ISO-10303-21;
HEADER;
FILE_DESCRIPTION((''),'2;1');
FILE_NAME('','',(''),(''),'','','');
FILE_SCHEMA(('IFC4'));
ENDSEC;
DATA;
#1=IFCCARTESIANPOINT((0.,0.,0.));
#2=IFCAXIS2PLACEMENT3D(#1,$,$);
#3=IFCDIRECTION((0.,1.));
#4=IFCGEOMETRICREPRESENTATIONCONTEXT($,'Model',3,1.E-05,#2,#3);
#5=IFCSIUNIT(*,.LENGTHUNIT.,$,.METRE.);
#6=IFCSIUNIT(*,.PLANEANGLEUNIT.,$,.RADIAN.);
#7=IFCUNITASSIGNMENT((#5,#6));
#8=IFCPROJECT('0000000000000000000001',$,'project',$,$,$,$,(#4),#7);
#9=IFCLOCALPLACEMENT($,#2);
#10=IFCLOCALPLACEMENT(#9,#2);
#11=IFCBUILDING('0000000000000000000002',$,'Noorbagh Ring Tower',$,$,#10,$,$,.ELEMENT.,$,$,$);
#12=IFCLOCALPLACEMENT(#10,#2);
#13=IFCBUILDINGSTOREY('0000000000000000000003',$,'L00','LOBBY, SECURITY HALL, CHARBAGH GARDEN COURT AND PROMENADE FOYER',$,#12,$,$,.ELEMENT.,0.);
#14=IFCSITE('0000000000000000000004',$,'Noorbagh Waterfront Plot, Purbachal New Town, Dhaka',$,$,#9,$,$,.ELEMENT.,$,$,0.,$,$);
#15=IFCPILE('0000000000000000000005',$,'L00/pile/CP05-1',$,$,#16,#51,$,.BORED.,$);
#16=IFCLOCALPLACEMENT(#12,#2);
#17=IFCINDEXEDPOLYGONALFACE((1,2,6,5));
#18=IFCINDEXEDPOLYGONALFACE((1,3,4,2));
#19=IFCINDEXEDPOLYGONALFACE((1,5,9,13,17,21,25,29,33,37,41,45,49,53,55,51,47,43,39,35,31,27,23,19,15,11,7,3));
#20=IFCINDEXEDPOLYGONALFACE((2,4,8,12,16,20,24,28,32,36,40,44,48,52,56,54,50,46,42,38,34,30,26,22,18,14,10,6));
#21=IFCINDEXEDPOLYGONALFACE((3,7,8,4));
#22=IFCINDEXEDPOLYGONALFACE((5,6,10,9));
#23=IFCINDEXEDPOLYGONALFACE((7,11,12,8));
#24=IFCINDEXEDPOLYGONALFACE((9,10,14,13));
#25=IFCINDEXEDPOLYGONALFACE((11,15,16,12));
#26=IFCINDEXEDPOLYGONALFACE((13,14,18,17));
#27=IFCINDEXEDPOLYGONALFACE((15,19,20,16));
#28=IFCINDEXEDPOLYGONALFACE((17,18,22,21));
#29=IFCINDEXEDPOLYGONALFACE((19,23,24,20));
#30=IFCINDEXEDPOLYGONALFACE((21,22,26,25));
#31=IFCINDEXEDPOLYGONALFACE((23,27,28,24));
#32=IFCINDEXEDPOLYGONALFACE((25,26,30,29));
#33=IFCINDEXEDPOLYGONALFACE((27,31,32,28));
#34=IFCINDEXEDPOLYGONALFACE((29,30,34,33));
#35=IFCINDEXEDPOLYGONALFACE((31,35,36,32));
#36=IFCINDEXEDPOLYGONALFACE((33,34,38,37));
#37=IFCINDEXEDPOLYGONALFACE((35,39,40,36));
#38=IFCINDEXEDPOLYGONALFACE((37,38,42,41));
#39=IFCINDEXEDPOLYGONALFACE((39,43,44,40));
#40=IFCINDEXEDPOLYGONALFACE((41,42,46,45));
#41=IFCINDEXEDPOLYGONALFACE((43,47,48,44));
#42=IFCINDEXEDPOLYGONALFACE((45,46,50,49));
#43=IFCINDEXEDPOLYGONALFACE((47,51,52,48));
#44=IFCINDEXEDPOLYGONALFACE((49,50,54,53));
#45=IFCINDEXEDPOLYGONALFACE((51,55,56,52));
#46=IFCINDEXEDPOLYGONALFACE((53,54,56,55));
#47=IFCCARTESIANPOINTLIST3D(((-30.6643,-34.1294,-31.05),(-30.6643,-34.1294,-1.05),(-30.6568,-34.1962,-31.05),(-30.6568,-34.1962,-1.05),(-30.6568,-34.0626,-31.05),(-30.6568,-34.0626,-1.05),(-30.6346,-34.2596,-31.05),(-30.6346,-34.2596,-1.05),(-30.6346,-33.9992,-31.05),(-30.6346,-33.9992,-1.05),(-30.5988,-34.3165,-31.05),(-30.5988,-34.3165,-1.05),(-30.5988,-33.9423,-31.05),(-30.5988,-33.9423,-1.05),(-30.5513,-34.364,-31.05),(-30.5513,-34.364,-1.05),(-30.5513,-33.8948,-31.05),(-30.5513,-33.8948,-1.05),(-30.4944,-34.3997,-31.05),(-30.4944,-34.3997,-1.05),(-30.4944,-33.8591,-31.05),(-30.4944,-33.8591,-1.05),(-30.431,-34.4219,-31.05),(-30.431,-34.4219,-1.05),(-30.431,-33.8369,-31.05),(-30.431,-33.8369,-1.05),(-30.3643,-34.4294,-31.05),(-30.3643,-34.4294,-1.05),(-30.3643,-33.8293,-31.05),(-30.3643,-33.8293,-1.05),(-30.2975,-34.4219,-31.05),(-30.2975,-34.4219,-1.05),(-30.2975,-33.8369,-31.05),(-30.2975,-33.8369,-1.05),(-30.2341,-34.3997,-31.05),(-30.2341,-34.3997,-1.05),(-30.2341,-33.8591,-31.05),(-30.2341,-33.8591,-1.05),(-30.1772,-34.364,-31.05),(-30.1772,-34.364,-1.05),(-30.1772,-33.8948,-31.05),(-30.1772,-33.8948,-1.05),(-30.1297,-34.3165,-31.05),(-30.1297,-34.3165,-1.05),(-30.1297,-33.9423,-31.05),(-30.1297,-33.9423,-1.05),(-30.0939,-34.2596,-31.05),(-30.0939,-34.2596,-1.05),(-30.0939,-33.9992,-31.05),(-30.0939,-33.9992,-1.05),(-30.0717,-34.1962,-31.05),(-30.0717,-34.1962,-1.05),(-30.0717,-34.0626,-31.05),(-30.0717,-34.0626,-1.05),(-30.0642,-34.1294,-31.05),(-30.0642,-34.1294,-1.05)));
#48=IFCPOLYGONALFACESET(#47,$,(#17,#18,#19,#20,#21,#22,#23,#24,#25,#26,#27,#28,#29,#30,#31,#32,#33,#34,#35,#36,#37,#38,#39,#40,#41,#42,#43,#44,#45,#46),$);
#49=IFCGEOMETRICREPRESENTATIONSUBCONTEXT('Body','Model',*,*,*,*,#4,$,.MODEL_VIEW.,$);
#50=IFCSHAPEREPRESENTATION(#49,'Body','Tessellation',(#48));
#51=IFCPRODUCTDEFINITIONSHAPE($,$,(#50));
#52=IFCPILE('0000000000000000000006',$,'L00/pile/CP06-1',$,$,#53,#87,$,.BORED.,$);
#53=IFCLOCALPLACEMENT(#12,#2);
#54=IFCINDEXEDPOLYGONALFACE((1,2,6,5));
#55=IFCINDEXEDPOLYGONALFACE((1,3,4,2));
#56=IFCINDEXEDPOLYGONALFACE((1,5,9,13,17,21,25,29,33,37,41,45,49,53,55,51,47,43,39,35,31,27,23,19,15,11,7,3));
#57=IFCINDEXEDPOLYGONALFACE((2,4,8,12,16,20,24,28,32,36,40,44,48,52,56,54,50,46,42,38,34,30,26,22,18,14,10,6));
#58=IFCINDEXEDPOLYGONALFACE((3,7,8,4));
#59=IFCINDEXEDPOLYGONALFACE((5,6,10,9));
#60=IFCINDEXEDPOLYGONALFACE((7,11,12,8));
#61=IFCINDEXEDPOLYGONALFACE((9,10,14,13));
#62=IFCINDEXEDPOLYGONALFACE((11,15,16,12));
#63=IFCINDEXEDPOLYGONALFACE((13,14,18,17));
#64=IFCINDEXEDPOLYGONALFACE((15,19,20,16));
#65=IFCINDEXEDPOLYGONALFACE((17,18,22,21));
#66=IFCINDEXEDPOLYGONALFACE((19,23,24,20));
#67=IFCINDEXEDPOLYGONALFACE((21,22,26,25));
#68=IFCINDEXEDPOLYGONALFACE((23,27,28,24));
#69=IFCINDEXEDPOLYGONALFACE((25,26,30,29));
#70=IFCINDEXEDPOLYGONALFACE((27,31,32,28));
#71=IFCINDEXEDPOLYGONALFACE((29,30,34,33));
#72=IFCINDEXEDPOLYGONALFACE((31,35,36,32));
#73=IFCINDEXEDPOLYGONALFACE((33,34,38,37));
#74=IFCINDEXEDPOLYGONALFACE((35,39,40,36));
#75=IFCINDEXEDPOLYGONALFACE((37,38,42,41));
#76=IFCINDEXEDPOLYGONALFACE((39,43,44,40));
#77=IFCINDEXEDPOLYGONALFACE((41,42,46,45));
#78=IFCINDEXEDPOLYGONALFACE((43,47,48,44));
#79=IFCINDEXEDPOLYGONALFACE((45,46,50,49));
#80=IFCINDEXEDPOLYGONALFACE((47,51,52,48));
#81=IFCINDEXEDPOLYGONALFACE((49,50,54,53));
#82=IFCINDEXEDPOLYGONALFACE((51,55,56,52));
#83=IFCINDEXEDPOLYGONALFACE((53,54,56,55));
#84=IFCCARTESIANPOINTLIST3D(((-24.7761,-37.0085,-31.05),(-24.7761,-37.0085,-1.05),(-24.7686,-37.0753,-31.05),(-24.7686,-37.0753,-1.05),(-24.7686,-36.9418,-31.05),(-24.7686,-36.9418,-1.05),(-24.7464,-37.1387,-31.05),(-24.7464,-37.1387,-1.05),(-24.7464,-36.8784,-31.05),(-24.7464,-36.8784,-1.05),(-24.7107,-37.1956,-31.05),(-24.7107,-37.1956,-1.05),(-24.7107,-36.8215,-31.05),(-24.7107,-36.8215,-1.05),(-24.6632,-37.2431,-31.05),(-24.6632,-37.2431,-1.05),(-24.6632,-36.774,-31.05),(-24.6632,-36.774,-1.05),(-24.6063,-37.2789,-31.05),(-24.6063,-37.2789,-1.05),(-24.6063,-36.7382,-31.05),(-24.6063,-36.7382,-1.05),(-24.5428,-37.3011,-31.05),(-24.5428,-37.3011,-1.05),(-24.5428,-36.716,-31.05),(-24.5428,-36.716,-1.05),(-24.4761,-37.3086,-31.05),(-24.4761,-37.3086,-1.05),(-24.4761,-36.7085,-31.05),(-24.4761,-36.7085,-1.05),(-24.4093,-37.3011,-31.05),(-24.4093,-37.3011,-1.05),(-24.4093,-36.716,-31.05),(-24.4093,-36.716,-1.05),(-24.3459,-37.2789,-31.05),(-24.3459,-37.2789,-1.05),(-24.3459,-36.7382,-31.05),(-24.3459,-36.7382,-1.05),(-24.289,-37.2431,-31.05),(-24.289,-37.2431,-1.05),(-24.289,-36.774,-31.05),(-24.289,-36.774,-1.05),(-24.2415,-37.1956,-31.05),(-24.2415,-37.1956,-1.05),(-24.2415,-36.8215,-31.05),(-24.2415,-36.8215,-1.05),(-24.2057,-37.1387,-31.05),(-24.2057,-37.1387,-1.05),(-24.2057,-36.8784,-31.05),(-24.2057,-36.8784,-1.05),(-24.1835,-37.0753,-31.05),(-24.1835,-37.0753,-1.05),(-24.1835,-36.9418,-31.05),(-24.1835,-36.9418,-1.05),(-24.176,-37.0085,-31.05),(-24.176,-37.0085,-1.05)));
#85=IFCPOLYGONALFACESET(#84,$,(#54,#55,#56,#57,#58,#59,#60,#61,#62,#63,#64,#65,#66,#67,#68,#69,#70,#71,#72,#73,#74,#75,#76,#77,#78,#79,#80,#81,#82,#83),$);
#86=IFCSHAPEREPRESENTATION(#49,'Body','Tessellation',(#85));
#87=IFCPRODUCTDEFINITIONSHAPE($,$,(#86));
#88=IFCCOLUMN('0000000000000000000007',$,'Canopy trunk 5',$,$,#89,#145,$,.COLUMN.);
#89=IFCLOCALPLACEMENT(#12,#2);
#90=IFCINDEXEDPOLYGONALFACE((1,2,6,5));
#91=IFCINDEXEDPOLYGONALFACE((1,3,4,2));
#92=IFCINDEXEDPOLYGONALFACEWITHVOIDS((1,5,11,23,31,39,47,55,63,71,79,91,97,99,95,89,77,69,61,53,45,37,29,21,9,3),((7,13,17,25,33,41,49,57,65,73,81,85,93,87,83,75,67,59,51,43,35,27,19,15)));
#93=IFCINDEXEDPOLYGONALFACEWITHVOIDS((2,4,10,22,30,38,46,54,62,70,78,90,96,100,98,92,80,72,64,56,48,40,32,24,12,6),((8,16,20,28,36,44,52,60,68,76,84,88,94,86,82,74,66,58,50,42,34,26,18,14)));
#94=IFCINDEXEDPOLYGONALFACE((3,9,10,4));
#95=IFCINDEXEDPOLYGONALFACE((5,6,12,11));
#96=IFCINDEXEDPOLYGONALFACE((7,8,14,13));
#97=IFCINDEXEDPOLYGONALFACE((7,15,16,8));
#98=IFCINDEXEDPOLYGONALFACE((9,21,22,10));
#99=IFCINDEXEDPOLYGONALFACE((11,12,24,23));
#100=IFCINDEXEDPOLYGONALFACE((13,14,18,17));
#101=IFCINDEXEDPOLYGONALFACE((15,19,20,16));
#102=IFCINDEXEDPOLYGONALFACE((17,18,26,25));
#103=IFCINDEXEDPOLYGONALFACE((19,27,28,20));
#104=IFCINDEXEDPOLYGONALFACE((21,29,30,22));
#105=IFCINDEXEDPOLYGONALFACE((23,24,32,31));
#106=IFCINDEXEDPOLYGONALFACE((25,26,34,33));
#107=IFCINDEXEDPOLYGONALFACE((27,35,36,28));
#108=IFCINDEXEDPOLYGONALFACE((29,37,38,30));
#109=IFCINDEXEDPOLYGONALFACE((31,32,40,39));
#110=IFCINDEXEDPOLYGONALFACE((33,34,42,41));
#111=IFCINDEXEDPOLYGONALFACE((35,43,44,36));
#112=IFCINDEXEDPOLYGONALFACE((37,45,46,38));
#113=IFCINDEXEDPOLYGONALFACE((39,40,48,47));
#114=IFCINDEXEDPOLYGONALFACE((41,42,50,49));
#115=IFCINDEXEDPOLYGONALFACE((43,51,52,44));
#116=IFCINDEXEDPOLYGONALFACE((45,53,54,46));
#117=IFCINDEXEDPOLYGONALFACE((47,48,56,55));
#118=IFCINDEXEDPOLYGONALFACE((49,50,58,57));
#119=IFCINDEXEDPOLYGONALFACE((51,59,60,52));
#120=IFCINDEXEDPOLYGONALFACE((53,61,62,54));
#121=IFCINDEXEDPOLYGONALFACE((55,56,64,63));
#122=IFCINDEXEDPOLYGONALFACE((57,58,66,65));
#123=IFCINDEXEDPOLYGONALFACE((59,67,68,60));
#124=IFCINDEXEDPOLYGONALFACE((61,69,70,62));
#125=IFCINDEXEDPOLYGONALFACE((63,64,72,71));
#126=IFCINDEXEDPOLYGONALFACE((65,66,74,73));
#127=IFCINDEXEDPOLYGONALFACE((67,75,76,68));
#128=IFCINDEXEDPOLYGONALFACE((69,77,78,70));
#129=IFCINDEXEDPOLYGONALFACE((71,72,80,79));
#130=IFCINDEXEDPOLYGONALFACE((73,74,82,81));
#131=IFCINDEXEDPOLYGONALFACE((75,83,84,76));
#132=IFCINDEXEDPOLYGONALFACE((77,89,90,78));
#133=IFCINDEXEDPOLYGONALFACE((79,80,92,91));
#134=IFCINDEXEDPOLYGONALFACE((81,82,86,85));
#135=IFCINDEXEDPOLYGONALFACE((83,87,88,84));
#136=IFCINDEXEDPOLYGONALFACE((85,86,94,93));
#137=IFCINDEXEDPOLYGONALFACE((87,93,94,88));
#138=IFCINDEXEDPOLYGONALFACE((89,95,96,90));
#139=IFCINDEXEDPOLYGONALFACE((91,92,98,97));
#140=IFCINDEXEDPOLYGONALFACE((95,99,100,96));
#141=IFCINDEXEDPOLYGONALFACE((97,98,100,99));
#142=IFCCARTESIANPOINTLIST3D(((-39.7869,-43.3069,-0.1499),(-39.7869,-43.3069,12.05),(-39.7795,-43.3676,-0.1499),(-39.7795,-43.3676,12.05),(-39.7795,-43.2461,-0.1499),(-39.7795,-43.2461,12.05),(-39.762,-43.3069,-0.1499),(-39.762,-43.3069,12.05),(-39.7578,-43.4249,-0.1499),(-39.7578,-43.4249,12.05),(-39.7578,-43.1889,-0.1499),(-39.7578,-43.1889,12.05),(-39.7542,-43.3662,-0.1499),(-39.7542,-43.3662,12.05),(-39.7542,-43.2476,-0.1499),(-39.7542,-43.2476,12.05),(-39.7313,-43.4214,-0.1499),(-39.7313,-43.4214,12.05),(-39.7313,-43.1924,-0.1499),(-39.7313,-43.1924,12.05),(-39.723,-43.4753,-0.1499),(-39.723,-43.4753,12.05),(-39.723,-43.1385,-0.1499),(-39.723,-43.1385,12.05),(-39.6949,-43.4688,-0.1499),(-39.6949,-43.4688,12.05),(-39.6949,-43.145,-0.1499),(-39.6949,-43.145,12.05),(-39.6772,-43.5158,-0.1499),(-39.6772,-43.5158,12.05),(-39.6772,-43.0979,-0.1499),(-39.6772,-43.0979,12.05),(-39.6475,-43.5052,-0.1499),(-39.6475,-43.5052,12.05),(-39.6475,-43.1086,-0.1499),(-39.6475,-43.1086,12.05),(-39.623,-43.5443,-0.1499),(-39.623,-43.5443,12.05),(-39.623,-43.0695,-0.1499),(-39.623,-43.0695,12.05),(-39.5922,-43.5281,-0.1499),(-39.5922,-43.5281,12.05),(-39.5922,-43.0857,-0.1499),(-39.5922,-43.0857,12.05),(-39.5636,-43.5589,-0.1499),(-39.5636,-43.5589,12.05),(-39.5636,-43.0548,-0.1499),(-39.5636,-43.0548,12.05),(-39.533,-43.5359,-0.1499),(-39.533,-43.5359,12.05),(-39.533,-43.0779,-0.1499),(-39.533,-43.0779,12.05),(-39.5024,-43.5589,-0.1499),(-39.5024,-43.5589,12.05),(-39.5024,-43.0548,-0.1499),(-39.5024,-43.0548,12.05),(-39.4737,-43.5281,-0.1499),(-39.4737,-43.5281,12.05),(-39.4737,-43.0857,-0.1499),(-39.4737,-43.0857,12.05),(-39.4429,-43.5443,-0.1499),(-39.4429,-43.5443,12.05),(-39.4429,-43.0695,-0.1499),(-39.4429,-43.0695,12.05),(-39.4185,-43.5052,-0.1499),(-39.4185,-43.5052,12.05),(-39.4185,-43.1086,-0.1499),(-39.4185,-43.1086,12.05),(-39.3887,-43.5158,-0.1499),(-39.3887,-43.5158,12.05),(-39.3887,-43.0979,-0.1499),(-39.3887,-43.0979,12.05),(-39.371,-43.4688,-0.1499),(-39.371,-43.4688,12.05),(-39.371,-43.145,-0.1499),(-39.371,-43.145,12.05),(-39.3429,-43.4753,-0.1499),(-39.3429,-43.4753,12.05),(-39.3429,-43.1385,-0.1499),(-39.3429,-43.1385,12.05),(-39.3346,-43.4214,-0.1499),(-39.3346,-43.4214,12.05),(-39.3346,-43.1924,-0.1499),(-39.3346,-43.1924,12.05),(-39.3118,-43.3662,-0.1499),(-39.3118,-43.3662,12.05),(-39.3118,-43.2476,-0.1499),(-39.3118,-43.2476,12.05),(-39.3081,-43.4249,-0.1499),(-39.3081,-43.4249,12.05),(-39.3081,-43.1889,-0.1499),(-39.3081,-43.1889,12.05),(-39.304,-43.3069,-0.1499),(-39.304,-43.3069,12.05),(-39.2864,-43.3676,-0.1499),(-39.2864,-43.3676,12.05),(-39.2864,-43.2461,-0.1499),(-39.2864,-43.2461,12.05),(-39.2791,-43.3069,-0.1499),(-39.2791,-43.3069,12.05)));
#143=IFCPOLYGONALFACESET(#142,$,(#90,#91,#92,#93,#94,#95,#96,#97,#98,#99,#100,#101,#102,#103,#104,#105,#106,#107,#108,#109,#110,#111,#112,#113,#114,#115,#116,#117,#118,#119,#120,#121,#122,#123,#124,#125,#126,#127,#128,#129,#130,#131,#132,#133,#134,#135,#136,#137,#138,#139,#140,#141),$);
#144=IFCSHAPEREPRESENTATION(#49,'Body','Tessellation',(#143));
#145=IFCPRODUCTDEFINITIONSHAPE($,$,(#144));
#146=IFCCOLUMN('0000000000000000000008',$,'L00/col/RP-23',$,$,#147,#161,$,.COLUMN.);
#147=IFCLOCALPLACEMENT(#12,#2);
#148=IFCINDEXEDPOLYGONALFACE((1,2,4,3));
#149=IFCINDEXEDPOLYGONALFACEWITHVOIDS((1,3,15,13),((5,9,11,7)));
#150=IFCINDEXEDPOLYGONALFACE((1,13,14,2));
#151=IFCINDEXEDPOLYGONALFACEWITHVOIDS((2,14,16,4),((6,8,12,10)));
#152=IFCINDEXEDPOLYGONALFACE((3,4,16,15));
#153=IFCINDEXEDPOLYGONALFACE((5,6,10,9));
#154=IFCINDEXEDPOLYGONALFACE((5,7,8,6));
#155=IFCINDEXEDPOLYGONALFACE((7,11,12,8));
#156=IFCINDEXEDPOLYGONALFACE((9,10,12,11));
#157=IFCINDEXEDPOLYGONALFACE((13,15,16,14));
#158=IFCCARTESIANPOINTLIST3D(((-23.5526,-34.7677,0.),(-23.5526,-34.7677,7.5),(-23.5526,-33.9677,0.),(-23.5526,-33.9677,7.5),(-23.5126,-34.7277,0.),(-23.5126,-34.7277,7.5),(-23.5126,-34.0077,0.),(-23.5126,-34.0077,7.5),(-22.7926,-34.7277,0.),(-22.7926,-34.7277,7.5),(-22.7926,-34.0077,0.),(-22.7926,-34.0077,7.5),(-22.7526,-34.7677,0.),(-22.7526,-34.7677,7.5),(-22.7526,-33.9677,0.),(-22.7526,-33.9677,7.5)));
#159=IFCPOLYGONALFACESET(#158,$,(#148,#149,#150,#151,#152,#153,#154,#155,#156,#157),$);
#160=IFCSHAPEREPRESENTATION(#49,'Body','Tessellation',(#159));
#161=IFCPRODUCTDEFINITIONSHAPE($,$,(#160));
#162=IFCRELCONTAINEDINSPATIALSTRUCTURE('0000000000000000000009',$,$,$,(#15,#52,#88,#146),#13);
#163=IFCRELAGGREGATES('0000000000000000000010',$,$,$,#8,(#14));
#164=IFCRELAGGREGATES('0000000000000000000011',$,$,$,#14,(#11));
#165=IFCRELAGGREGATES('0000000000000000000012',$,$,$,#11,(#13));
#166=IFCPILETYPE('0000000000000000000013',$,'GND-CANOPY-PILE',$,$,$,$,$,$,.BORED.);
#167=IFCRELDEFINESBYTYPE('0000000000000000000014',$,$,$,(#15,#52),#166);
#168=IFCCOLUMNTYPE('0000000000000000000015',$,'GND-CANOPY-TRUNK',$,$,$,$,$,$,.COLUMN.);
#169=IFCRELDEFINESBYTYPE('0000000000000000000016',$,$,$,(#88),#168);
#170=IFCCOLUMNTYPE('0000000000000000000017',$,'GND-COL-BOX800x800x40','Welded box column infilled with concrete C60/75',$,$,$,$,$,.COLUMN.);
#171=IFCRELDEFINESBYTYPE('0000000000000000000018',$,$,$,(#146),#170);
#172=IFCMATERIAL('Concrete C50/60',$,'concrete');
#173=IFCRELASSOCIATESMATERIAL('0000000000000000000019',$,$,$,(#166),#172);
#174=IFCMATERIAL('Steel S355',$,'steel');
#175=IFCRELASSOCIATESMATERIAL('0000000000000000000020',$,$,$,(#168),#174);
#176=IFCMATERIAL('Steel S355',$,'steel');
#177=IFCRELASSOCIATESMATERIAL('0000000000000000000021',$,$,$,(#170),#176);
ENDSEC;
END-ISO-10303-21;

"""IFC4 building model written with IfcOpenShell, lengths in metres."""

from ifc_helpers import new_model, si_unit, direction, frame, origin, origin_2d, place, context, subcontext, project, spatial, hollow_rectangle, circle, hollow_circle, extrude, material, material_profile, profile_set, type_object, element, save


model = new_model("IFC4")

# Units and contexts
model_context = context("Model", 3, precision=1e-05, world=origin(), true_north=direction((0.0, 1.0)))
body_context = subcontext(model_context, "Body", "Model", "MODEL_VIEW")
ifc_project = project(units=[si_unit("LENGTHUNIT", "METRE"), si_unit("PLANEANGLEUNIT", "RADIAN")], contexts=[model_context])

# Site, building, storey
site_placement = place(None, origin())
site = spatial("IfcSite", under=ifc_project, at=site_placement, Name="Noorbagh Waterfront Plot, Purbachal New Town, Dhaka", CompositionType="ELEMENT", RefElevation=0.0)
building_placement = place(site_placement, origin())
building = spatial("IfcBuilding", under=site, at=building_placement, Name="Noorbagh Ring Tower", CompositionType="ELEMENT")
storey_placement = place(building_placement, origin())
storey = spatial("IfcBuildingStorey", under=building, at=storey_placement, Name="L00", Description="LOBBY, SECURITY HALL, CHARBAGH GARDEN COURT AND PROMENADE FOYER", CompositionType="ELEMENT", Elevation=0.0)

# Piles
ifc_material_1 = material(Name="Concrete C50/60", Category="concrete")
ifc_material_profile_1 = material_profile(ifc_material_1, circle(Radius=0.3, at=origin_2d()), Name="PILE600")
ifc_profile_set_1 = profile_set([ifc_material_profile_1], Name="Concrete C50/60")
pile_type = type_object("IfcPileType", Name="GND-CANOPY-PILE", PredefinedType="BORED", material=ifc_profile_set_1)
for number, where, z_axis, x_axis, name in (
    (1, (-30.3643, -34.1294, -1.05), (0.0, 0.0, -1.0), (1.0, 0.0, 0.0), "L00/pile/CP05-1"),
    (2, (-24.4761, -37.0085, -1.05), (0.0, 0.0, -1.0), (1.0, 0.0, 0.0), "L00/pile/CP06-1"),
):
    element("IfcPile", number, at=place(storey_placement, frame(where, z_axis=z_axis, x_axis=x_axis)), inside=storey, type_object=pile_type, Name=name, PredefinedType="BORED", context=body_context, shape_type="SweptSolid", body=[
        extrude(circle(Radius=0.3, at=origin_2d()), origin(), (0.0, 0.0, 1.0), 30.0),
    ])

# Columns
ifc_material_2 = material(Name="Steel S355", Category="steel")
ifc_material_profile_2 = material_profile(ifc_material_2, hollow_circle(Radius=0.2539, WallThickness=0.0249, at=origin_2d()), Name="CHS508x25")
ifc_profile_set_2 = profile_set([ifc_material_profile_2], Name="Steel S355")
column_type_1 = type_object("IfcColumnType", Name="GND-CANOPY-TRUNK", PredefinedType="COLUMN", material=ifc_profile_set_2)
column_1_placement = place(storey_placement, frame((-39.533, -43.3069, -0.1499), z_axis=(0.0, 0.0, 1.0), x_axis=(1.0, 0.0, 0.0)))
element("IfcColumn", 3, at=column_1_placement, inside=storey, type_object=column_type_1, Name="Canopy trunk 5", PredefinedType="COLUMN", context=body_context, shape_type="SweptSolid", body=[
    extrude(hollow_circle(Radius=0.2539, WallThickness=0.0249, at=origin_2d()), origin(), (0.0, 0.0, 1.0), 12.2),
])
ifc_material_3 = material(Name="Steel S355", Category="steel")
ifc_material_profile_3 = material_profile(ifc_material_3, hollow_rectangle(XDim=0.8, YDim=0.8, WallThickness=0.04, at=origin_2d()), Name="BOX800x800x40")
ifc_profile_set_3 = profile_set([ifc_material_profile_3], Name="Steel S355")
column_type_2 = type_object("IfcColumnType", Name="GND-COL-BOX800x800x40", Description="Welded box column infilled with concrete C60/75", PredefinedType="COLUMN", material=ifc_profile_set_3)
column_2_placement = place(storey_placement, frame((-23.1526, -34.3677, 0.0), z_axis=(0.0, 0.0, 1.0), x_axis=(1.0, 0.0, 0.0)))
element("IfcColumn", 4, at=column_2_placement, inside=storey, type_object=column_type_2, Name="L00/col/RP-23", PredefinedType="COLUMN", context=body_context, shape_type="SweptSolid", body=[
    extrude(hollow_rectangle(XDim=0.8, YDim=0.8, WallThickness=0.04, at=origin_2d()), origin(), (0.0, 0.0, 1.0), 7.5),
])

save(model, "model.ifc")
